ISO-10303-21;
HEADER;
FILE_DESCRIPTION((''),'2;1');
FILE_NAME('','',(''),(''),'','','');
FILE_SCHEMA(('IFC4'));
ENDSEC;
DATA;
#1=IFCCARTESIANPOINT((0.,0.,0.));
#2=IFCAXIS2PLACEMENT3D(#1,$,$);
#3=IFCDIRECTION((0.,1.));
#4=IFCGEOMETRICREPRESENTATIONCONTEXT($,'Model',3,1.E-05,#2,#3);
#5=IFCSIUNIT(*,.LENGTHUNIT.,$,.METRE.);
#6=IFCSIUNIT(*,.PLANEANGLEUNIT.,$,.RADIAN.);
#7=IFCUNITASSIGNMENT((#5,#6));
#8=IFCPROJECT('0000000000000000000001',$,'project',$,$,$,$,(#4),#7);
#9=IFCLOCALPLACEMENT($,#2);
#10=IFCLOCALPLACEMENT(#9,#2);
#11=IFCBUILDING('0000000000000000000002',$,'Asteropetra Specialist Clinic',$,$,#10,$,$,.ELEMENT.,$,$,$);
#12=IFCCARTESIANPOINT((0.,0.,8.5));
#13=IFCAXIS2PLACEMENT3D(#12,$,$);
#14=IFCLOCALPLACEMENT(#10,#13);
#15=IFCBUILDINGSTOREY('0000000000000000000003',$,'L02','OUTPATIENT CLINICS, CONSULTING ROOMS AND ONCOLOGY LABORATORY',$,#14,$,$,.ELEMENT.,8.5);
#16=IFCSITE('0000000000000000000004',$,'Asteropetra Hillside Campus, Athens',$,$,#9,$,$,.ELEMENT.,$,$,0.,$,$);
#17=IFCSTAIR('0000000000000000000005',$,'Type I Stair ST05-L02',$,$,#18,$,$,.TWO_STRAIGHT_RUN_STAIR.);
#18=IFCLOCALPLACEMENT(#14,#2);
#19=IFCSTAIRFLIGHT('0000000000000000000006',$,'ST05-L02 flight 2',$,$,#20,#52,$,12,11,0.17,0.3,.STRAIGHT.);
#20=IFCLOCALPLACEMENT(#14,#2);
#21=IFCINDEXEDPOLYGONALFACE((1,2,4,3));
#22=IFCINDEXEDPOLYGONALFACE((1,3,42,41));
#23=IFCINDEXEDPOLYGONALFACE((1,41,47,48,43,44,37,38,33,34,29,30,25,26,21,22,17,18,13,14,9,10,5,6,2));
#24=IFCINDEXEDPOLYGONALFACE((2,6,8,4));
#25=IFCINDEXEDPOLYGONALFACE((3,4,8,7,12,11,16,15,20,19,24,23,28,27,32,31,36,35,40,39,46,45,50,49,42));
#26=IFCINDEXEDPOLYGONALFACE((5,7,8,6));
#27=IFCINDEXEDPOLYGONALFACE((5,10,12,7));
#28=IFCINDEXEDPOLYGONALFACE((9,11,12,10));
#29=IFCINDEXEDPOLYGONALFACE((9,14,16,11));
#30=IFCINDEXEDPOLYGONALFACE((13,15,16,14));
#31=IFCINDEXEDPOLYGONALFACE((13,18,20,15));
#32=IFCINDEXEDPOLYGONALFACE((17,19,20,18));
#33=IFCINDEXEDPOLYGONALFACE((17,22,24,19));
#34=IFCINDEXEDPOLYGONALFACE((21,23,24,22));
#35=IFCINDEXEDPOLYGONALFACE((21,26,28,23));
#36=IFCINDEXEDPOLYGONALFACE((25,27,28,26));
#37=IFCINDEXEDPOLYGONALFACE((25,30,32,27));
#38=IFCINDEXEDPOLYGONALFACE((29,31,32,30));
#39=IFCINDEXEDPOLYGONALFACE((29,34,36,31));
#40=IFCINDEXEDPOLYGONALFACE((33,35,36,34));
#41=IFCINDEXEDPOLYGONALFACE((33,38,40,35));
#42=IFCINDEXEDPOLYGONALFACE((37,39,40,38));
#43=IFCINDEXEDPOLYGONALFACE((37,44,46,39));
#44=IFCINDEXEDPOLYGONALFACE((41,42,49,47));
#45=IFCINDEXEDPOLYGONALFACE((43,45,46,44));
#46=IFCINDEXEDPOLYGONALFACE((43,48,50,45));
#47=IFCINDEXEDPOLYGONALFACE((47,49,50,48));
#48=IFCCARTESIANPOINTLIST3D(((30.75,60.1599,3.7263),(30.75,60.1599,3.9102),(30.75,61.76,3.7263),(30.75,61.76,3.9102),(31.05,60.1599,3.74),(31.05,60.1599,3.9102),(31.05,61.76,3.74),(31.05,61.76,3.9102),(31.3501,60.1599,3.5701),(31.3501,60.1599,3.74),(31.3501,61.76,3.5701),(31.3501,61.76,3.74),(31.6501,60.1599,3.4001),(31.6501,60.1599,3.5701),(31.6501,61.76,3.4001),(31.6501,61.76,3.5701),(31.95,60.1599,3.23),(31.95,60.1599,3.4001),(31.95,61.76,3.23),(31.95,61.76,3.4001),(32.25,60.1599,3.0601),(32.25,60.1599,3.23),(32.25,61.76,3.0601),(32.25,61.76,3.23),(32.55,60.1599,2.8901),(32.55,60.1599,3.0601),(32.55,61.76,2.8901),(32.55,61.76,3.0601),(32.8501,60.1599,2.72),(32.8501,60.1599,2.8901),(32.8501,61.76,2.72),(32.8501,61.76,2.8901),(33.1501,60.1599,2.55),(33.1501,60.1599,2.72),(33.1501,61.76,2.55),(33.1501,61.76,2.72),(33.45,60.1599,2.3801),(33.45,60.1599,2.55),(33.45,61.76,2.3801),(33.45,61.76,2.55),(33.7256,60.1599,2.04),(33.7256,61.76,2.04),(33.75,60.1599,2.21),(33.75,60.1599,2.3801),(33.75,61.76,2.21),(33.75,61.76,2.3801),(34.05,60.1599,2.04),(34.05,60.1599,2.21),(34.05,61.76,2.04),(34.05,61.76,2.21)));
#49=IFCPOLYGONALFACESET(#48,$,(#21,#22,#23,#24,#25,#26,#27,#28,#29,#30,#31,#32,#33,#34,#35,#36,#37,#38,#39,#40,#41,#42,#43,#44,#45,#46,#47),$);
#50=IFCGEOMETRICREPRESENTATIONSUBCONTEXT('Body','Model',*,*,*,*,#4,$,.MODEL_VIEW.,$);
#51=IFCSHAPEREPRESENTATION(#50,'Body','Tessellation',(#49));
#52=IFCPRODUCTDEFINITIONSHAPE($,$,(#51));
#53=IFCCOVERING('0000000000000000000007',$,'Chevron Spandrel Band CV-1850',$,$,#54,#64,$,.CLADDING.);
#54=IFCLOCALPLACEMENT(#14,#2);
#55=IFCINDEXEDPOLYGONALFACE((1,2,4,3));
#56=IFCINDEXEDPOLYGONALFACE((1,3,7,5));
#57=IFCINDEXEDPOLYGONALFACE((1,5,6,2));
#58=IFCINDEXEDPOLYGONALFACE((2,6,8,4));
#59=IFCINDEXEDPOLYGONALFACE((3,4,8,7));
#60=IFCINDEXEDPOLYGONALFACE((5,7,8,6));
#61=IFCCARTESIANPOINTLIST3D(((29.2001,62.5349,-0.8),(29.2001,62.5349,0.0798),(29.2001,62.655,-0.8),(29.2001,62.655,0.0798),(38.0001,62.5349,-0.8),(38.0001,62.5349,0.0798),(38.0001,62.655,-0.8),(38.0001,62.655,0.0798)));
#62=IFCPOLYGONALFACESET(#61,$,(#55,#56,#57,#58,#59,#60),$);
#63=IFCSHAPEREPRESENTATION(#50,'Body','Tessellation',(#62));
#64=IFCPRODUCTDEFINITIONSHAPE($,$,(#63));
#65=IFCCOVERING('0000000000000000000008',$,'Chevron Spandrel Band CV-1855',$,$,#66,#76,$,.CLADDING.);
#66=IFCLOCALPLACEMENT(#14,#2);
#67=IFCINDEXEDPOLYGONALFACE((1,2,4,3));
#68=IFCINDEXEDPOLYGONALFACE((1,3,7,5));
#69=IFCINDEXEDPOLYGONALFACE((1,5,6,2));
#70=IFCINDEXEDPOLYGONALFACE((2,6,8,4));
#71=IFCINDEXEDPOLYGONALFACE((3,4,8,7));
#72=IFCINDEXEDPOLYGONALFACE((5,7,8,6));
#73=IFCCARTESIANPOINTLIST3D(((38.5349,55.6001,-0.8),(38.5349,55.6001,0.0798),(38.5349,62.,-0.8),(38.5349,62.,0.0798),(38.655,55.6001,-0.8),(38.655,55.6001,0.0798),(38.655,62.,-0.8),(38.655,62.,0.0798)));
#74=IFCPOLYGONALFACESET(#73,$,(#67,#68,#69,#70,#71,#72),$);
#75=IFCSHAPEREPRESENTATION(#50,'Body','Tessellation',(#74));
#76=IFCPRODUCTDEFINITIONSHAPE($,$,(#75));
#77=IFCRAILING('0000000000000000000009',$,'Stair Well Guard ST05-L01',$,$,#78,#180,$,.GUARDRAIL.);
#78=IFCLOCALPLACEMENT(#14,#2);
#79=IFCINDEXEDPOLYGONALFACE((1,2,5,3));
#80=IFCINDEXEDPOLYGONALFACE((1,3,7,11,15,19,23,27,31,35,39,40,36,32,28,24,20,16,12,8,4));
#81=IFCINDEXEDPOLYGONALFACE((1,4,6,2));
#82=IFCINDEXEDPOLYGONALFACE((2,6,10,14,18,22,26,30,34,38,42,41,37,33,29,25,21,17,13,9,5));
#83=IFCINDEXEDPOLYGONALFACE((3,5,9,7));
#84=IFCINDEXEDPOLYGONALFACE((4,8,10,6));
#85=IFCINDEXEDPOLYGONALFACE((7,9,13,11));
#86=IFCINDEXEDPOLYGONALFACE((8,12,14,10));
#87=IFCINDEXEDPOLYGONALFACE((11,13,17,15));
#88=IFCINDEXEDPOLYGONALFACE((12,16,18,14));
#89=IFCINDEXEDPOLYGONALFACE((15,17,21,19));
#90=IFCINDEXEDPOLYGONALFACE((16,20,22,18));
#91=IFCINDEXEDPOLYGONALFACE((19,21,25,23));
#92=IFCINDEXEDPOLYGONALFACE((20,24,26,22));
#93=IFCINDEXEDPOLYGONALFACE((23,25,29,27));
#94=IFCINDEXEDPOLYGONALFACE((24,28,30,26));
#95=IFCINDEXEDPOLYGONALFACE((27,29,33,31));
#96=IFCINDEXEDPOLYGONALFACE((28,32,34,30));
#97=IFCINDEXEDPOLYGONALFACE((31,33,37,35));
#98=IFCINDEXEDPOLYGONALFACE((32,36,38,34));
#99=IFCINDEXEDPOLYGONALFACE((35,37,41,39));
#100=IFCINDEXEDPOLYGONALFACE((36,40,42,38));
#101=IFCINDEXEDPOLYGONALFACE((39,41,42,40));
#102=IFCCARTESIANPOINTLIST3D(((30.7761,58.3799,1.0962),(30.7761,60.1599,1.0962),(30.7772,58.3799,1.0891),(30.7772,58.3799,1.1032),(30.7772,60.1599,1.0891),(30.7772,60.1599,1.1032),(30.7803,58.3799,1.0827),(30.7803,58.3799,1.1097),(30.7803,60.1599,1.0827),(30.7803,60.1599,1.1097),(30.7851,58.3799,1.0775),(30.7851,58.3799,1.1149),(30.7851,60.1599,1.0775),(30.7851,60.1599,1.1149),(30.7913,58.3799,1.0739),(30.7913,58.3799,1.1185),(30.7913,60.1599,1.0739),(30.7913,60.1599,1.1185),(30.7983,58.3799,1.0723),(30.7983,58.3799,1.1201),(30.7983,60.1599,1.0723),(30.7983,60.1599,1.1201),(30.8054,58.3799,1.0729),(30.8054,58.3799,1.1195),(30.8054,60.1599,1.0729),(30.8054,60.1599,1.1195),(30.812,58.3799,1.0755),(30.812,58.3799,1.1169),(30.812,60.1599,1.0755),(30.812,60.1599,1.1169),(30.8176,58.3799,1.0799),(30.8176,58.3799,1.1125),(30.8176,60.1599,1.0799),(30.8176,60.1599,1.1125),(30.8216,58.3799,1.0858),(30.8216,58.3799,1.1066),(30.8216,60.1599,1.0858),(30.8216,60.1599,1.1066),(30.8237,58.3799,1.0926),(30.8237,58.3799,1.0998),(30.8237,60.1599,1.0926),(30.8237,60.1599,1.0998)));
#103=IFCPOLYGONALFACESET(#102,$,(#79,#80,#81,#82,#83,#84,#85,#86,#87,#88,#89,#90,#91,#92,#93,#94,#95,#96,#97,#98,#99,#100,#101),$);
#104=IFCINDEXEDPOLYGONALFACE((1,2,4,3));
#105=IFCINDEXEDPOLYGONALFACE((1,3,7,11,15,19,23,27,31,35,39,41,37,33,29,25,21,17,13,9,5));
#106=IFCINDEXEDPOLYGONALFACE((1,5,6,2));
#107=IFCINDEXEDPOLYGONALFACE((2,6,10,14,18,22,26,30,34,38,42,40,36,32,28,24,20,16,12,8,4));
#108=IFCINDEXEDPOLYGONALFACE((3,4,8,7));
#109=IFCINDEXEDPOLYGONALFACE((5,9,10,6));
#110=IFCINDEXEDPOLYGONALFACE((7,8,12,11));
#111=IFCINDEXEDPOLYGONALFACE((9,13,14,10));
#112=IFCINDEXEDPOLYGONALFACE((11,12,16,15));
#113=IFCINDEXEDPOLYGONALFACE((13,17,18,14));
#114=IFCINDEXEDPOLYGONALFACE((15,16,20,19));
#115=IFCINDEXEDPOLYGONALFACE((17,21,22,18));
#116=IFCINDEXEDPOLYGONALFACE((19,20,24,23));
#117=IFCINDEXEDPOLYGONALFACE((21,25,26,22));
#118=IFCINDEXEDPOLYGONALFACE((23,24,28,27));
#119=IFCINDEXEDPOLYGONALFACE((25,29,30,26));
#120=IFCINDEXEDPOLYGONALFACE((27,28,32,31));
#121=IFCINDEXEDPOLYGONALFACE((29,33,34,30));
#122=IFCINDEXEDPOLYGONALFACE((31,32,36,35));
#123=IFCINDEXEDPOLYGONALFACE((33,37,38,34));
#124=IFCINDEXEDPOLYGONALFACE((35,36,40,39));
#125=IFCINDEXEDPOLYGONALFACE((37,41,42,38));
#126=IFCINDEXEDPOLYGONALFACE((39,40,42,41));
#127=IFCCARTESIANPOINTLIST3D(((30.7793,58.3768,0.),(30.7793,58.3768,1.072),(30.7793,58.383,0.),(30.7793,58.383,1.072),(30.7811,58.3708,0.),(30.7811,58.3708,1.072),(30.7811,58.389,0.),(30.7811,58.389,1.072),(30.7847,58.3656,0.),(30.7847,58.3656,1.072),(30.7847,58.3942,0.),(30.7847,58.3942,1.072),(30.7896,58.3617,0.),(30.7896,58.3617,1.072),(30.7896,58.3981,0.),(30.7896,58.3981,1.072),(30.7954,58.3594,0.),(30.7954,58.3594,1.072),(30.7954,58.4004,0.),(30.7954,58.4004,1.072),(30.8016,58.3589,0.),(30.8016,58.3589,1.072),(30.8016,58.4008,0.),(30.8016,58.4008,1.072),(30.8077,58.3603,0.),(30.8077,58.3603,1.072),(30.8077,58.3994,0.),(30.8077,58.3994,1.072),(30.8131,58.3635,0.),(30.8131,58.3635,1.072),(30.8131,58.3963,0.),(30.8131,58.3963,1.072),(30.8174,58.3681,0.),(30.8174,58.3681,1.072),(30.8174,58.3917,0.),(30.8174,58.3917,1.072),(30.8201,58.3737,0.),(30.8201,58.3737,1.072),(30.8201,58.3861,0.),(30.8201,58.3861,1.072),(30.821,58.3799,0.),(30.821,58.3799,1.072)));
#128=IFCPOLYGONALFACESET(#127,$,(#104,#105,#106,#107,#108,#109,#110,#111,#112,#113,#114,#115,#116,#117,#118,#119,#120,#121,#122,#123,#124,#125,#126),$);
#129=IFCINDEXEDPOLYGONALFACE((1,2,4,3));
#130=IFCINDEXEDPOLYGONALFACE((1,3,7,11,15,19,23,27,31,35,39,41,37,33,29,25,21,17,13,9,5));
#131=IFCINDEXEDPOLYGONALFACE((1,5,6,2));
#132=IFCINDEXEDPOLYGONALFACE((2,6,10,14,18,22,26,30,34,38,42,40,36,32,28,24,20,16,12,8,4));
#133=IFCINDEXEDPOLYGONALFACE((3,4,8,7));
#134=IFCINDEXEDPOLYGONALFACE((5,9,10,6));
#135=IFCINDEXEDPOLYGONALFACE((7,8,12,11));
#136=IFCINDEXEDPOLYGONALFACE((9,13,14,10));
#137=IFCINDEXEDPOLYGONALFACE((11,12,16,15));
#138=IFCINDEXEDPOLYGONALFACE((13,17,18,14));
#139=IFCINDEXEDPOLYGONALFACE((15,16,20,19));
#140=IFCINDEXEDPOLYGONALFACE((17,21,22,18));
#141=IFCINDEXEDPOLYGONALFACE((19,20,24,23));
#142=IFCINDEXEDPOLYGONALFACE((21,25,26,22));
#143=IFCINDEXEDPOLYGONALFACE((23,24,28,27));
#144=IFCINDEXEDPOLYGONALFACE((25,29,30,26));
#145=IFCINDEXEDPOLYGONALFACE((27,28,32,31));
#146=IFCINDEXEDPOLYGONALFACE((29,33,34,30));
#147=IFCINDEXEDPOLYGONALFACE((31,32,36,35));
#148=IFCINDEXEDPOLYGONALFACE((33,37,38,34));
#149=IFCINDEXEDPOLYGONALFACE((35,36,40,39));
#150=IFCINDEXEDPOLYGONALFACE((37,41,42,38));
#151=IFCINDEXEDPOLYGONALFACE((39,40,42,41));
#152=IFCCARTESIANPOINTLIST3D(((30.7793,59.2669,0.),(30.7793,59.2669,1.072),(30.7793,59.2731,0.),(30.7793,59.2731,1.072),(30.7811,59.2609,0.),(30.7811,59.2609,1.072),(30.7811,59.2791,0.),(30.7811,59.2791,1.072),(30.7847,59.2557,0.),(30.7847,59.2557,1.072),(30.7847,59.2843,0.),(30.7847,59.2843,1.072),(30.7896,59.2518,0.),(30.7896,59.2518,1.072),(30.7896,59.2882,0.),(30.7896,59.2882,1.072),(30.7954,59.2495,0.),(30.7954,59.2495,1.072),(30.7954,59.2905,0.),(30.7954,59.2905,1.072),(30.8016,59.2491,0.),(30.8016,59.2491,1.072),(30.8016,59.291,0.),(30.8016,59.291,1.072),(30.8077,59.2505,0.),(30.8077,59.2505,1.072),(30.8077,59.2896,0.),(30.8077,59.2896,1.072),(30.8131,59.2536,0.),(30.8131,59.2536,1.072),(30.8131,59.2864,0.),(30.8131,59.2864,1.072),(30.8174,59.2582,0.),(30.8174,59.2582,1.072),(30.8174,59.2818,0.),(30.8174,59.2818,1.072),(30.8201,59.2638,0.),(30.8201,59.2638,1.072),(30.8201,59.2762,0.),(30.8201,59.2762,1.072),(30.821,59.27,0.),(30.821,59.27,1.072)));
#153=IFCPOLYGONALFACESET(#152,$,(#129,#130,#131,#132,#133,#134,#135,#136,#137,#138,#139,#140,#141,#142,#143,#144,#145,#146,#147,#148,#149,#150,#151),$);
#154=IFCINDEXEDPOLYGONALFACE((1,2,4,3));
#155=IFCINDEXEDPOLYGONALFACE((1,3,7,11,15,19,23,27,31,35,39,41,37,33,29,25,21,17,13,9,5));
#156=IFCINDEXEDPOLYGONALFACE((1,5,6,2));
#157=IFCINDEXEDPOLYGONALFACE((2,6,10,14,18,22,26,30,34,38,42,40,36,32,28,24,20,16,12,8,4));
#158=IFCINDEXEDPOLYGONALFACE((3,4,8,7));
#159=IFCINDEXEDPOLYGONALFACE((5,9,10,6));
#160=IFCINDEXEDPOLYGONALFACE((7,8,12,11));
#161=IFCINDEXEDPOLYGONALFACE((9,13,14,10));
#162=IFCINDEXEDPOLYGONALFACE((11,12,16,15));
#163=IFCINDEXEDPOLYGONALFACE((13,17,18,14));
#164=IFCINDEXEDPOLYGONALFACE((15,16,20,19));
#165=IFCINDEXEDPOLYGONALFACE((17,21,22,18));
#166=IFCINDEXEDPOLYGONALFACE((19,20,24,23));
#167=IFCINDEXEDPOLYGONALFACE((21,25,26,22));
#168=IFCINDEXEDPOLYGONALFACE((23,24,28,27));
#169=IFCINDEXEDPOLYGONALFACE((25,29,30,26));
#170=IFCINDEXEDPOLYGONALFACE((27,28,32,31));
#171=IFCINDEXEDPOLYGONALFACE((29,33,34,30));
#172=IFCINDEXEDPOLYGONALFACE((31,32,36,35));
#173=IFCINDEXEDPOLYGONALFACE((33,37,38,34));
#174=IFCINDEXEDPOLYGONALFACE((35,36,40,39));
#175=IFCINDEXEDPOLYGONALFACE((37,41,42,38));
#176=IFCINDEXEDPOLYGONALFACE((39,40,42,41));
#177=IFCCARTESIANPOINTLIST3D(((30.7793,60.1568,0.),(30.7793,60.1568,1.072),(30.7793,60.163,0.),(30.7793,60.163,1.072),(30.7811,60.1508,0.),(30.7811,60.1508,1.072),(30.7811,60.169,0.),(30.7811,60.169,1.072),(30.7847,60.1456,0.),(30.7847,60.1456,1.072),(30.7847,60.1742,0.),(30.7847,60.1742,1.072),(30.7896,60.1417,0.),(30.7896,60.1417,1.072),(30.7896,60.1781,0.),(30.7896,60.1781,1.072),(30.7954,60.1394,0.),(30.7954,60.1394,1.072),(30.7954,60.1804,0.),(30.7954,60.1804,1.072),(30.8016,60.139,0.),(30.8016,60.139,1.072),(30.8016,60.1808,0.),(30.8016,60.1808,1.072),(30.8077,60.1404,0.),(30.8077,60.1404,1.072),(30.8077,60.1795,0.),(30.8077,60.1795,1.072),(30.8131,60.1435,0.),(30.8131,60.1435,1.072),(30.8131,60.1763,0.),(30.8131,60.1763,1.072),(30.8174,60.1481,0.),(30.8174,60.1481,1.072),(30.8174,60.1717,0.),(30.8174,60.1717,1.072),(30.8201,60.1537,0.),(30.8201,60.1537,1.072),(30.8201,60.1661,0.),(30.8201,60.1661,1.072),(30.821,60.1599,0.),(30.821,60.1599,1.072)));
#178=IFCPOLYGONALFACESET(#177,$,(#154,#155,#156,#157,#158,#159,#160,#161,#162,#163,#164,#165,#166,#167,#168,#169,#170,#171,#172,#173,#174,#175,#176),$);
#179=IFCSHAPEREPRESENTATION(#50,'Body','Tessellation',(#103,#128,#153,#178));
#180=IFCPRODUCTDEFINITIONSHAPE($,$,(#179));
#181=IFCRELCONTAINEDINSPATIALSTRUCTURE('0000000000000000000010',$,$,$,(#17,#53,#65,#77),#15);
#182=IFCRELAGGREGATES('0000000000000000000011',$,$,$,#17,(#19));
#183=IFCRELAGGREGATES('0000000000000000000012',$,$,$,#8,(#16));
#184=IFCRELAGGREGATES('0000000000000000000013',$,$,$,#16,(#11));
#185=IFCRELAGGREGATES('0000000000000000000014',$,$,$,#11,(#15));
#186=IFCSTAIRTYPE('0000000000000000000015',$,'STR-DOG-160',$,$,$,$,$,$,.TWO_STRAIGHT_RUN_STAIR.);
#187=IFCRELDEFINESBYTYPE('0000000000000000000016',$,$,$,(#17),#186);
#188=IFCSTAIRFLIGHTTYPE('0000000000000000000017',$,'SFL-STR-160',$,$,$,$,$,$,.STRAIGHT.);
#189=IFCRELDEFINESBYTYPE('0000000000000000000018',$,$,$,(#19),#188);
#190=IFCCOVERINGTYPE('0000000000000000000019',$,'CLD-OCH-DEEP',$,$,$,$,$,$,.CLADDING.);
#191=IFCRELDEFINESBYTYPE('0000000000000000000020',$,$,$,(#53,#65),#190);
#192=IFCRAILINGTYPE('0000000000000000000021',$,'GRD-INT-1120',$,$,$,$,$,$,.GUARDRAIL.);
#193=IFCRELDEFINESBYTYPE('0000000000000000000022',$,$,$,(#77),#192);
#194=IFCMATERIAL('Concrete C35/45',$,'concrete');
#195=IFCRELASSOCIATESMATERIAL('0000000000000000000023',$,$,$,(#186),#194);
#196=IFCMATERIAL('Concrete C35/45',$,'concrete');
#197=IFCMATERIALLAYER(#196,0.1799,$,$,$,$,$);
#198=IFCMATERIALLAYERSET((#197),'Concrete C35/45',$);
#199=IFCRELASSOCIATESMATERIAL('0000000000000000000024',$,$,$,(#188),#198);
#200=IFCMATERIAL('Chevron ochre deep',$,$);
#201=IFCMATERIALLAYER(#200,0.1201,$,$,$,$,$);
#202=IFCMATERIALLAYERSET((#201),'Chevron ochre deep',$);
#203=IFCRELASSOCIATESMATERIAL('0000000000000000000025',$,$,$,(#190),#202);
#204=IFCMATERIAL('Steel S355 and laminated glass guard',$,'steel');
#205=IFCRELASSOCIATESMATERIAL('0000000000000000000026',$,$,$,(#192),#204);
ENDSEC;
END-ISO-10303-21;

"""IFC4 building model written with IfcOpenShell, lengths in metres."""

from ifc_helpers import new_model, si_unit, direction, frame, origin, origin_2d, place, context, subcontext, project, spatial, polyline, rectangle, circle, outline, extrude, material, layer, layer_set, type_object, element, aggregate, save


model = new_model("IFC4")

# Units and contexts
model_context = context("Model", 3, precision=1e-05, world=origin(), true_north=direction((0.0, 1.0)))
body_context = subcontext(model_context, "Body", "Model", "MODEL_VIEW")
ifc_project = project(units=[si_unit("LENGTHUNIT", "METRE"), si_unit("PLANEANGLEUNIT", "RADIAN")], contexts=[model_context])

# Site, building, storey
site_placement = place(None, origin())
site = spatial("IfcSite", under=ifc_project, at=site_placement, Name="Asteropetra Hillside Campus, Athens", CompositionType="ELEMENT", RefElevation=0.0)
building_placement = place(site_placement, origin())
building = spatial("IfcBuilding", under=site, at=building_placement, Name="Asteropetra Specialist Clinic", CompositionType="ELEMENT")
storey_placement = place(building_placement, frame((0.0, 0.0, 8.5)))
storey = spatial("IfcBuildingStorey", under=building, at=storey_placement, Name="L02", Description="OUTPATIENT CLINICS, CONSULTING ROOMS AND ONCOLOGY LABORATORY", CompositionType="ELEMENT", Elevation=8.5)

# Stair, stair flight
ifc_material_1 = material(Name="Concrete C35/45", Category="concrete")
stair_type = type_object("IfcStairType", Name="STR-DOG-160", PredefinedType="TWO_STRAIGHT_RUN_STAIR", material=ifc_material_1)
stair_placement = place(storey_placement, origin())
stair = element("IfcStair", 1, at=stair_placement, inside=storey, type_object=stair_type, Name="Type I Stair ST05-L02", PredefinedType="TWO_STRAIGHT_RUN_STAIR")
ifc_material_2 = material(Name="Concrete C35/45", Category="concrete")
ifc_layer_1 = layer(ifc_material_2, 0.1799)
ifc_layer_set_1 = layer_set([ifc_layer_1], Name="Concrete C35/45")
stair_flight_type = type_object("IfcStairFlightType", Name="SFL-STR-160", PredefinedType="STRAIGHT", material=ifc_layer_set_1)
stair_flight_1_placement = place(storey_placement, frame((34.05, 60.96, 2.04), z_axis=(0.0, 0.0, 1.0), x_axis=(-1.0, 0.0, 0.0)))
stair_flight_1 = element("IfcStairFlight", 2, at=stair_flight_1_placement, type_object=stair_flight_type, Name="ST05-L02 flight 2", NumberOfRisers=12, NumberOfTreads=11, PredefinedType="STRAIGHT", RiserHeight=0.17, TreadLength=0.3, context=body_context, shape_type="SweptSolid", body=[
    extrude(outline(polyline([(0.0, 0.0), (0.0, 0.1699), (0.3, 0.1699), (0.3, 0.3401), (0.6001, 0.3401), (0.6001, 0.51), (0.8999, 0.51), (0.8999, 0.6799), (1.2, 0.6799), (1.2, 0.8501), (1.5, 0.8501), (1.5, 1.02), (1.8, 1.02), (1.8, 1.1899), (2.1001, 1.1899), (2.1001, 1.3601), (2.3999, 1.3601), (2.3999, 1.53), (2.7, 1.53), (2.7, 1.7), (3.0, 1.7), (3.0, 1.8701), (3.3, 1.8701), (3.3, 2.04), (3.3, 1.6863), (0.3245, 0.0), (0.0, 0.0)])), frame((0.0, 0.8, 0.0), z_axis=(0.0, -1.0, 0.0), x_axis=(1.0, 0.0, 0.0)), (0.0, 0.0, 1.0), 1.6001),
])
aggregate(stair, [stair_flight_1])

# Coverings
ifc_material_3 = material(Name="Chevron ochre deep")
ifc_layer_2 = layer(ifc_material_3, 0.1201)
ifc_layer_set_2 = layer_set([ifc_layer_2], Name="Chevron ochre deep")
covering_type = type_object("IfcCoveringType", Name="CLD-OCH-DEEP", PredefinedType="CLADDING", material=ifc_layer_set_2)
covering_1_placement = place(storey_placement, frame((33.6001, 62.595, -0.8), z_axis=(0.0, 0.0, 1.0), x_axis=(1.0, 0.0, 0.0)))
element("IfcCovering", 3, at=covering_1_placement, inside=storey, type_object=covering_type, Name="Chevron Spandrel Band CV-1850", PredefinedType="CLADDING", context=body_context, shape_type="SweptSolid", body=[
    extrude(rectangle(XDim=8.8, YDim=0.1201, at=origin_2d()), origin(), (0.0, 0.0, 1.0), 0.8799),
])
covering_2_placement = place(storey_placement, frame((38.595, 58.8, -0.8), z_axis=(0.0, 0.0, 1.0), x_axis=(1.0, 0.0, 0.0)))
element("IfcCovering", 4, at=covering_2_placement, inside=storey, type_object=covering_type, Name="Chevron Spandrel Band CV-1855", PredefinedType="CLADDING", context=body_context, shape_type="SweptSolid", body=[
    extrude(rectangle(XDim=0.1201, YDim=6.3999, at=origin_2d()), origin(), (0.0, 0.0, 1.0), 0.8799),
])

# Railing
ifc_material_4 = material(Name="Steel S355 and laminated glass guard", Category="steel")
railing_type_1 = type_object("IfcRailingType", Name="GRD-INT-1120", PredefinedType="GUARDRAIL", material=ifc_material_4)
railing_1_placement = place(storey_placement, frame((30.8, 58.3799, 0.0)))
element("IfcRailing", 5, at=railing_1_placement, inside=storey, type_object=railing_type_1, Name="Stair Well Guard ST05-L01", PredefinedType="GUARDRAIL", context=body_context, shape_type="SweptSolid", body=[
    extrude(circle(Radius=0.0239, at=origin_2d()), frame((0.0, 0.0, 1.0962), z_axis=(0.0, 1.0, 0.0), x_axis=(-1.0, 0.0, 0.0)), (0.0, 0.0, 1.0), 1.78),
    extrude(circle(Radius=0.021, at=origin_2d()), origin(), (0.0, 0.0, 1.0), 1.072),
    extrude(circle(Radius=0.021, at=origin_2d()), frame((0.0, 0.8901, 0.0)), (0.0, 0.0, 1.0), 1.072),
    extrude(circle(Radius=0.021, at=origin_2d()), frame((0.0, 1.78, 0.0)), (0.0, 0.0, 1.0), 1.072),
])

save(model, "model.ifc")
